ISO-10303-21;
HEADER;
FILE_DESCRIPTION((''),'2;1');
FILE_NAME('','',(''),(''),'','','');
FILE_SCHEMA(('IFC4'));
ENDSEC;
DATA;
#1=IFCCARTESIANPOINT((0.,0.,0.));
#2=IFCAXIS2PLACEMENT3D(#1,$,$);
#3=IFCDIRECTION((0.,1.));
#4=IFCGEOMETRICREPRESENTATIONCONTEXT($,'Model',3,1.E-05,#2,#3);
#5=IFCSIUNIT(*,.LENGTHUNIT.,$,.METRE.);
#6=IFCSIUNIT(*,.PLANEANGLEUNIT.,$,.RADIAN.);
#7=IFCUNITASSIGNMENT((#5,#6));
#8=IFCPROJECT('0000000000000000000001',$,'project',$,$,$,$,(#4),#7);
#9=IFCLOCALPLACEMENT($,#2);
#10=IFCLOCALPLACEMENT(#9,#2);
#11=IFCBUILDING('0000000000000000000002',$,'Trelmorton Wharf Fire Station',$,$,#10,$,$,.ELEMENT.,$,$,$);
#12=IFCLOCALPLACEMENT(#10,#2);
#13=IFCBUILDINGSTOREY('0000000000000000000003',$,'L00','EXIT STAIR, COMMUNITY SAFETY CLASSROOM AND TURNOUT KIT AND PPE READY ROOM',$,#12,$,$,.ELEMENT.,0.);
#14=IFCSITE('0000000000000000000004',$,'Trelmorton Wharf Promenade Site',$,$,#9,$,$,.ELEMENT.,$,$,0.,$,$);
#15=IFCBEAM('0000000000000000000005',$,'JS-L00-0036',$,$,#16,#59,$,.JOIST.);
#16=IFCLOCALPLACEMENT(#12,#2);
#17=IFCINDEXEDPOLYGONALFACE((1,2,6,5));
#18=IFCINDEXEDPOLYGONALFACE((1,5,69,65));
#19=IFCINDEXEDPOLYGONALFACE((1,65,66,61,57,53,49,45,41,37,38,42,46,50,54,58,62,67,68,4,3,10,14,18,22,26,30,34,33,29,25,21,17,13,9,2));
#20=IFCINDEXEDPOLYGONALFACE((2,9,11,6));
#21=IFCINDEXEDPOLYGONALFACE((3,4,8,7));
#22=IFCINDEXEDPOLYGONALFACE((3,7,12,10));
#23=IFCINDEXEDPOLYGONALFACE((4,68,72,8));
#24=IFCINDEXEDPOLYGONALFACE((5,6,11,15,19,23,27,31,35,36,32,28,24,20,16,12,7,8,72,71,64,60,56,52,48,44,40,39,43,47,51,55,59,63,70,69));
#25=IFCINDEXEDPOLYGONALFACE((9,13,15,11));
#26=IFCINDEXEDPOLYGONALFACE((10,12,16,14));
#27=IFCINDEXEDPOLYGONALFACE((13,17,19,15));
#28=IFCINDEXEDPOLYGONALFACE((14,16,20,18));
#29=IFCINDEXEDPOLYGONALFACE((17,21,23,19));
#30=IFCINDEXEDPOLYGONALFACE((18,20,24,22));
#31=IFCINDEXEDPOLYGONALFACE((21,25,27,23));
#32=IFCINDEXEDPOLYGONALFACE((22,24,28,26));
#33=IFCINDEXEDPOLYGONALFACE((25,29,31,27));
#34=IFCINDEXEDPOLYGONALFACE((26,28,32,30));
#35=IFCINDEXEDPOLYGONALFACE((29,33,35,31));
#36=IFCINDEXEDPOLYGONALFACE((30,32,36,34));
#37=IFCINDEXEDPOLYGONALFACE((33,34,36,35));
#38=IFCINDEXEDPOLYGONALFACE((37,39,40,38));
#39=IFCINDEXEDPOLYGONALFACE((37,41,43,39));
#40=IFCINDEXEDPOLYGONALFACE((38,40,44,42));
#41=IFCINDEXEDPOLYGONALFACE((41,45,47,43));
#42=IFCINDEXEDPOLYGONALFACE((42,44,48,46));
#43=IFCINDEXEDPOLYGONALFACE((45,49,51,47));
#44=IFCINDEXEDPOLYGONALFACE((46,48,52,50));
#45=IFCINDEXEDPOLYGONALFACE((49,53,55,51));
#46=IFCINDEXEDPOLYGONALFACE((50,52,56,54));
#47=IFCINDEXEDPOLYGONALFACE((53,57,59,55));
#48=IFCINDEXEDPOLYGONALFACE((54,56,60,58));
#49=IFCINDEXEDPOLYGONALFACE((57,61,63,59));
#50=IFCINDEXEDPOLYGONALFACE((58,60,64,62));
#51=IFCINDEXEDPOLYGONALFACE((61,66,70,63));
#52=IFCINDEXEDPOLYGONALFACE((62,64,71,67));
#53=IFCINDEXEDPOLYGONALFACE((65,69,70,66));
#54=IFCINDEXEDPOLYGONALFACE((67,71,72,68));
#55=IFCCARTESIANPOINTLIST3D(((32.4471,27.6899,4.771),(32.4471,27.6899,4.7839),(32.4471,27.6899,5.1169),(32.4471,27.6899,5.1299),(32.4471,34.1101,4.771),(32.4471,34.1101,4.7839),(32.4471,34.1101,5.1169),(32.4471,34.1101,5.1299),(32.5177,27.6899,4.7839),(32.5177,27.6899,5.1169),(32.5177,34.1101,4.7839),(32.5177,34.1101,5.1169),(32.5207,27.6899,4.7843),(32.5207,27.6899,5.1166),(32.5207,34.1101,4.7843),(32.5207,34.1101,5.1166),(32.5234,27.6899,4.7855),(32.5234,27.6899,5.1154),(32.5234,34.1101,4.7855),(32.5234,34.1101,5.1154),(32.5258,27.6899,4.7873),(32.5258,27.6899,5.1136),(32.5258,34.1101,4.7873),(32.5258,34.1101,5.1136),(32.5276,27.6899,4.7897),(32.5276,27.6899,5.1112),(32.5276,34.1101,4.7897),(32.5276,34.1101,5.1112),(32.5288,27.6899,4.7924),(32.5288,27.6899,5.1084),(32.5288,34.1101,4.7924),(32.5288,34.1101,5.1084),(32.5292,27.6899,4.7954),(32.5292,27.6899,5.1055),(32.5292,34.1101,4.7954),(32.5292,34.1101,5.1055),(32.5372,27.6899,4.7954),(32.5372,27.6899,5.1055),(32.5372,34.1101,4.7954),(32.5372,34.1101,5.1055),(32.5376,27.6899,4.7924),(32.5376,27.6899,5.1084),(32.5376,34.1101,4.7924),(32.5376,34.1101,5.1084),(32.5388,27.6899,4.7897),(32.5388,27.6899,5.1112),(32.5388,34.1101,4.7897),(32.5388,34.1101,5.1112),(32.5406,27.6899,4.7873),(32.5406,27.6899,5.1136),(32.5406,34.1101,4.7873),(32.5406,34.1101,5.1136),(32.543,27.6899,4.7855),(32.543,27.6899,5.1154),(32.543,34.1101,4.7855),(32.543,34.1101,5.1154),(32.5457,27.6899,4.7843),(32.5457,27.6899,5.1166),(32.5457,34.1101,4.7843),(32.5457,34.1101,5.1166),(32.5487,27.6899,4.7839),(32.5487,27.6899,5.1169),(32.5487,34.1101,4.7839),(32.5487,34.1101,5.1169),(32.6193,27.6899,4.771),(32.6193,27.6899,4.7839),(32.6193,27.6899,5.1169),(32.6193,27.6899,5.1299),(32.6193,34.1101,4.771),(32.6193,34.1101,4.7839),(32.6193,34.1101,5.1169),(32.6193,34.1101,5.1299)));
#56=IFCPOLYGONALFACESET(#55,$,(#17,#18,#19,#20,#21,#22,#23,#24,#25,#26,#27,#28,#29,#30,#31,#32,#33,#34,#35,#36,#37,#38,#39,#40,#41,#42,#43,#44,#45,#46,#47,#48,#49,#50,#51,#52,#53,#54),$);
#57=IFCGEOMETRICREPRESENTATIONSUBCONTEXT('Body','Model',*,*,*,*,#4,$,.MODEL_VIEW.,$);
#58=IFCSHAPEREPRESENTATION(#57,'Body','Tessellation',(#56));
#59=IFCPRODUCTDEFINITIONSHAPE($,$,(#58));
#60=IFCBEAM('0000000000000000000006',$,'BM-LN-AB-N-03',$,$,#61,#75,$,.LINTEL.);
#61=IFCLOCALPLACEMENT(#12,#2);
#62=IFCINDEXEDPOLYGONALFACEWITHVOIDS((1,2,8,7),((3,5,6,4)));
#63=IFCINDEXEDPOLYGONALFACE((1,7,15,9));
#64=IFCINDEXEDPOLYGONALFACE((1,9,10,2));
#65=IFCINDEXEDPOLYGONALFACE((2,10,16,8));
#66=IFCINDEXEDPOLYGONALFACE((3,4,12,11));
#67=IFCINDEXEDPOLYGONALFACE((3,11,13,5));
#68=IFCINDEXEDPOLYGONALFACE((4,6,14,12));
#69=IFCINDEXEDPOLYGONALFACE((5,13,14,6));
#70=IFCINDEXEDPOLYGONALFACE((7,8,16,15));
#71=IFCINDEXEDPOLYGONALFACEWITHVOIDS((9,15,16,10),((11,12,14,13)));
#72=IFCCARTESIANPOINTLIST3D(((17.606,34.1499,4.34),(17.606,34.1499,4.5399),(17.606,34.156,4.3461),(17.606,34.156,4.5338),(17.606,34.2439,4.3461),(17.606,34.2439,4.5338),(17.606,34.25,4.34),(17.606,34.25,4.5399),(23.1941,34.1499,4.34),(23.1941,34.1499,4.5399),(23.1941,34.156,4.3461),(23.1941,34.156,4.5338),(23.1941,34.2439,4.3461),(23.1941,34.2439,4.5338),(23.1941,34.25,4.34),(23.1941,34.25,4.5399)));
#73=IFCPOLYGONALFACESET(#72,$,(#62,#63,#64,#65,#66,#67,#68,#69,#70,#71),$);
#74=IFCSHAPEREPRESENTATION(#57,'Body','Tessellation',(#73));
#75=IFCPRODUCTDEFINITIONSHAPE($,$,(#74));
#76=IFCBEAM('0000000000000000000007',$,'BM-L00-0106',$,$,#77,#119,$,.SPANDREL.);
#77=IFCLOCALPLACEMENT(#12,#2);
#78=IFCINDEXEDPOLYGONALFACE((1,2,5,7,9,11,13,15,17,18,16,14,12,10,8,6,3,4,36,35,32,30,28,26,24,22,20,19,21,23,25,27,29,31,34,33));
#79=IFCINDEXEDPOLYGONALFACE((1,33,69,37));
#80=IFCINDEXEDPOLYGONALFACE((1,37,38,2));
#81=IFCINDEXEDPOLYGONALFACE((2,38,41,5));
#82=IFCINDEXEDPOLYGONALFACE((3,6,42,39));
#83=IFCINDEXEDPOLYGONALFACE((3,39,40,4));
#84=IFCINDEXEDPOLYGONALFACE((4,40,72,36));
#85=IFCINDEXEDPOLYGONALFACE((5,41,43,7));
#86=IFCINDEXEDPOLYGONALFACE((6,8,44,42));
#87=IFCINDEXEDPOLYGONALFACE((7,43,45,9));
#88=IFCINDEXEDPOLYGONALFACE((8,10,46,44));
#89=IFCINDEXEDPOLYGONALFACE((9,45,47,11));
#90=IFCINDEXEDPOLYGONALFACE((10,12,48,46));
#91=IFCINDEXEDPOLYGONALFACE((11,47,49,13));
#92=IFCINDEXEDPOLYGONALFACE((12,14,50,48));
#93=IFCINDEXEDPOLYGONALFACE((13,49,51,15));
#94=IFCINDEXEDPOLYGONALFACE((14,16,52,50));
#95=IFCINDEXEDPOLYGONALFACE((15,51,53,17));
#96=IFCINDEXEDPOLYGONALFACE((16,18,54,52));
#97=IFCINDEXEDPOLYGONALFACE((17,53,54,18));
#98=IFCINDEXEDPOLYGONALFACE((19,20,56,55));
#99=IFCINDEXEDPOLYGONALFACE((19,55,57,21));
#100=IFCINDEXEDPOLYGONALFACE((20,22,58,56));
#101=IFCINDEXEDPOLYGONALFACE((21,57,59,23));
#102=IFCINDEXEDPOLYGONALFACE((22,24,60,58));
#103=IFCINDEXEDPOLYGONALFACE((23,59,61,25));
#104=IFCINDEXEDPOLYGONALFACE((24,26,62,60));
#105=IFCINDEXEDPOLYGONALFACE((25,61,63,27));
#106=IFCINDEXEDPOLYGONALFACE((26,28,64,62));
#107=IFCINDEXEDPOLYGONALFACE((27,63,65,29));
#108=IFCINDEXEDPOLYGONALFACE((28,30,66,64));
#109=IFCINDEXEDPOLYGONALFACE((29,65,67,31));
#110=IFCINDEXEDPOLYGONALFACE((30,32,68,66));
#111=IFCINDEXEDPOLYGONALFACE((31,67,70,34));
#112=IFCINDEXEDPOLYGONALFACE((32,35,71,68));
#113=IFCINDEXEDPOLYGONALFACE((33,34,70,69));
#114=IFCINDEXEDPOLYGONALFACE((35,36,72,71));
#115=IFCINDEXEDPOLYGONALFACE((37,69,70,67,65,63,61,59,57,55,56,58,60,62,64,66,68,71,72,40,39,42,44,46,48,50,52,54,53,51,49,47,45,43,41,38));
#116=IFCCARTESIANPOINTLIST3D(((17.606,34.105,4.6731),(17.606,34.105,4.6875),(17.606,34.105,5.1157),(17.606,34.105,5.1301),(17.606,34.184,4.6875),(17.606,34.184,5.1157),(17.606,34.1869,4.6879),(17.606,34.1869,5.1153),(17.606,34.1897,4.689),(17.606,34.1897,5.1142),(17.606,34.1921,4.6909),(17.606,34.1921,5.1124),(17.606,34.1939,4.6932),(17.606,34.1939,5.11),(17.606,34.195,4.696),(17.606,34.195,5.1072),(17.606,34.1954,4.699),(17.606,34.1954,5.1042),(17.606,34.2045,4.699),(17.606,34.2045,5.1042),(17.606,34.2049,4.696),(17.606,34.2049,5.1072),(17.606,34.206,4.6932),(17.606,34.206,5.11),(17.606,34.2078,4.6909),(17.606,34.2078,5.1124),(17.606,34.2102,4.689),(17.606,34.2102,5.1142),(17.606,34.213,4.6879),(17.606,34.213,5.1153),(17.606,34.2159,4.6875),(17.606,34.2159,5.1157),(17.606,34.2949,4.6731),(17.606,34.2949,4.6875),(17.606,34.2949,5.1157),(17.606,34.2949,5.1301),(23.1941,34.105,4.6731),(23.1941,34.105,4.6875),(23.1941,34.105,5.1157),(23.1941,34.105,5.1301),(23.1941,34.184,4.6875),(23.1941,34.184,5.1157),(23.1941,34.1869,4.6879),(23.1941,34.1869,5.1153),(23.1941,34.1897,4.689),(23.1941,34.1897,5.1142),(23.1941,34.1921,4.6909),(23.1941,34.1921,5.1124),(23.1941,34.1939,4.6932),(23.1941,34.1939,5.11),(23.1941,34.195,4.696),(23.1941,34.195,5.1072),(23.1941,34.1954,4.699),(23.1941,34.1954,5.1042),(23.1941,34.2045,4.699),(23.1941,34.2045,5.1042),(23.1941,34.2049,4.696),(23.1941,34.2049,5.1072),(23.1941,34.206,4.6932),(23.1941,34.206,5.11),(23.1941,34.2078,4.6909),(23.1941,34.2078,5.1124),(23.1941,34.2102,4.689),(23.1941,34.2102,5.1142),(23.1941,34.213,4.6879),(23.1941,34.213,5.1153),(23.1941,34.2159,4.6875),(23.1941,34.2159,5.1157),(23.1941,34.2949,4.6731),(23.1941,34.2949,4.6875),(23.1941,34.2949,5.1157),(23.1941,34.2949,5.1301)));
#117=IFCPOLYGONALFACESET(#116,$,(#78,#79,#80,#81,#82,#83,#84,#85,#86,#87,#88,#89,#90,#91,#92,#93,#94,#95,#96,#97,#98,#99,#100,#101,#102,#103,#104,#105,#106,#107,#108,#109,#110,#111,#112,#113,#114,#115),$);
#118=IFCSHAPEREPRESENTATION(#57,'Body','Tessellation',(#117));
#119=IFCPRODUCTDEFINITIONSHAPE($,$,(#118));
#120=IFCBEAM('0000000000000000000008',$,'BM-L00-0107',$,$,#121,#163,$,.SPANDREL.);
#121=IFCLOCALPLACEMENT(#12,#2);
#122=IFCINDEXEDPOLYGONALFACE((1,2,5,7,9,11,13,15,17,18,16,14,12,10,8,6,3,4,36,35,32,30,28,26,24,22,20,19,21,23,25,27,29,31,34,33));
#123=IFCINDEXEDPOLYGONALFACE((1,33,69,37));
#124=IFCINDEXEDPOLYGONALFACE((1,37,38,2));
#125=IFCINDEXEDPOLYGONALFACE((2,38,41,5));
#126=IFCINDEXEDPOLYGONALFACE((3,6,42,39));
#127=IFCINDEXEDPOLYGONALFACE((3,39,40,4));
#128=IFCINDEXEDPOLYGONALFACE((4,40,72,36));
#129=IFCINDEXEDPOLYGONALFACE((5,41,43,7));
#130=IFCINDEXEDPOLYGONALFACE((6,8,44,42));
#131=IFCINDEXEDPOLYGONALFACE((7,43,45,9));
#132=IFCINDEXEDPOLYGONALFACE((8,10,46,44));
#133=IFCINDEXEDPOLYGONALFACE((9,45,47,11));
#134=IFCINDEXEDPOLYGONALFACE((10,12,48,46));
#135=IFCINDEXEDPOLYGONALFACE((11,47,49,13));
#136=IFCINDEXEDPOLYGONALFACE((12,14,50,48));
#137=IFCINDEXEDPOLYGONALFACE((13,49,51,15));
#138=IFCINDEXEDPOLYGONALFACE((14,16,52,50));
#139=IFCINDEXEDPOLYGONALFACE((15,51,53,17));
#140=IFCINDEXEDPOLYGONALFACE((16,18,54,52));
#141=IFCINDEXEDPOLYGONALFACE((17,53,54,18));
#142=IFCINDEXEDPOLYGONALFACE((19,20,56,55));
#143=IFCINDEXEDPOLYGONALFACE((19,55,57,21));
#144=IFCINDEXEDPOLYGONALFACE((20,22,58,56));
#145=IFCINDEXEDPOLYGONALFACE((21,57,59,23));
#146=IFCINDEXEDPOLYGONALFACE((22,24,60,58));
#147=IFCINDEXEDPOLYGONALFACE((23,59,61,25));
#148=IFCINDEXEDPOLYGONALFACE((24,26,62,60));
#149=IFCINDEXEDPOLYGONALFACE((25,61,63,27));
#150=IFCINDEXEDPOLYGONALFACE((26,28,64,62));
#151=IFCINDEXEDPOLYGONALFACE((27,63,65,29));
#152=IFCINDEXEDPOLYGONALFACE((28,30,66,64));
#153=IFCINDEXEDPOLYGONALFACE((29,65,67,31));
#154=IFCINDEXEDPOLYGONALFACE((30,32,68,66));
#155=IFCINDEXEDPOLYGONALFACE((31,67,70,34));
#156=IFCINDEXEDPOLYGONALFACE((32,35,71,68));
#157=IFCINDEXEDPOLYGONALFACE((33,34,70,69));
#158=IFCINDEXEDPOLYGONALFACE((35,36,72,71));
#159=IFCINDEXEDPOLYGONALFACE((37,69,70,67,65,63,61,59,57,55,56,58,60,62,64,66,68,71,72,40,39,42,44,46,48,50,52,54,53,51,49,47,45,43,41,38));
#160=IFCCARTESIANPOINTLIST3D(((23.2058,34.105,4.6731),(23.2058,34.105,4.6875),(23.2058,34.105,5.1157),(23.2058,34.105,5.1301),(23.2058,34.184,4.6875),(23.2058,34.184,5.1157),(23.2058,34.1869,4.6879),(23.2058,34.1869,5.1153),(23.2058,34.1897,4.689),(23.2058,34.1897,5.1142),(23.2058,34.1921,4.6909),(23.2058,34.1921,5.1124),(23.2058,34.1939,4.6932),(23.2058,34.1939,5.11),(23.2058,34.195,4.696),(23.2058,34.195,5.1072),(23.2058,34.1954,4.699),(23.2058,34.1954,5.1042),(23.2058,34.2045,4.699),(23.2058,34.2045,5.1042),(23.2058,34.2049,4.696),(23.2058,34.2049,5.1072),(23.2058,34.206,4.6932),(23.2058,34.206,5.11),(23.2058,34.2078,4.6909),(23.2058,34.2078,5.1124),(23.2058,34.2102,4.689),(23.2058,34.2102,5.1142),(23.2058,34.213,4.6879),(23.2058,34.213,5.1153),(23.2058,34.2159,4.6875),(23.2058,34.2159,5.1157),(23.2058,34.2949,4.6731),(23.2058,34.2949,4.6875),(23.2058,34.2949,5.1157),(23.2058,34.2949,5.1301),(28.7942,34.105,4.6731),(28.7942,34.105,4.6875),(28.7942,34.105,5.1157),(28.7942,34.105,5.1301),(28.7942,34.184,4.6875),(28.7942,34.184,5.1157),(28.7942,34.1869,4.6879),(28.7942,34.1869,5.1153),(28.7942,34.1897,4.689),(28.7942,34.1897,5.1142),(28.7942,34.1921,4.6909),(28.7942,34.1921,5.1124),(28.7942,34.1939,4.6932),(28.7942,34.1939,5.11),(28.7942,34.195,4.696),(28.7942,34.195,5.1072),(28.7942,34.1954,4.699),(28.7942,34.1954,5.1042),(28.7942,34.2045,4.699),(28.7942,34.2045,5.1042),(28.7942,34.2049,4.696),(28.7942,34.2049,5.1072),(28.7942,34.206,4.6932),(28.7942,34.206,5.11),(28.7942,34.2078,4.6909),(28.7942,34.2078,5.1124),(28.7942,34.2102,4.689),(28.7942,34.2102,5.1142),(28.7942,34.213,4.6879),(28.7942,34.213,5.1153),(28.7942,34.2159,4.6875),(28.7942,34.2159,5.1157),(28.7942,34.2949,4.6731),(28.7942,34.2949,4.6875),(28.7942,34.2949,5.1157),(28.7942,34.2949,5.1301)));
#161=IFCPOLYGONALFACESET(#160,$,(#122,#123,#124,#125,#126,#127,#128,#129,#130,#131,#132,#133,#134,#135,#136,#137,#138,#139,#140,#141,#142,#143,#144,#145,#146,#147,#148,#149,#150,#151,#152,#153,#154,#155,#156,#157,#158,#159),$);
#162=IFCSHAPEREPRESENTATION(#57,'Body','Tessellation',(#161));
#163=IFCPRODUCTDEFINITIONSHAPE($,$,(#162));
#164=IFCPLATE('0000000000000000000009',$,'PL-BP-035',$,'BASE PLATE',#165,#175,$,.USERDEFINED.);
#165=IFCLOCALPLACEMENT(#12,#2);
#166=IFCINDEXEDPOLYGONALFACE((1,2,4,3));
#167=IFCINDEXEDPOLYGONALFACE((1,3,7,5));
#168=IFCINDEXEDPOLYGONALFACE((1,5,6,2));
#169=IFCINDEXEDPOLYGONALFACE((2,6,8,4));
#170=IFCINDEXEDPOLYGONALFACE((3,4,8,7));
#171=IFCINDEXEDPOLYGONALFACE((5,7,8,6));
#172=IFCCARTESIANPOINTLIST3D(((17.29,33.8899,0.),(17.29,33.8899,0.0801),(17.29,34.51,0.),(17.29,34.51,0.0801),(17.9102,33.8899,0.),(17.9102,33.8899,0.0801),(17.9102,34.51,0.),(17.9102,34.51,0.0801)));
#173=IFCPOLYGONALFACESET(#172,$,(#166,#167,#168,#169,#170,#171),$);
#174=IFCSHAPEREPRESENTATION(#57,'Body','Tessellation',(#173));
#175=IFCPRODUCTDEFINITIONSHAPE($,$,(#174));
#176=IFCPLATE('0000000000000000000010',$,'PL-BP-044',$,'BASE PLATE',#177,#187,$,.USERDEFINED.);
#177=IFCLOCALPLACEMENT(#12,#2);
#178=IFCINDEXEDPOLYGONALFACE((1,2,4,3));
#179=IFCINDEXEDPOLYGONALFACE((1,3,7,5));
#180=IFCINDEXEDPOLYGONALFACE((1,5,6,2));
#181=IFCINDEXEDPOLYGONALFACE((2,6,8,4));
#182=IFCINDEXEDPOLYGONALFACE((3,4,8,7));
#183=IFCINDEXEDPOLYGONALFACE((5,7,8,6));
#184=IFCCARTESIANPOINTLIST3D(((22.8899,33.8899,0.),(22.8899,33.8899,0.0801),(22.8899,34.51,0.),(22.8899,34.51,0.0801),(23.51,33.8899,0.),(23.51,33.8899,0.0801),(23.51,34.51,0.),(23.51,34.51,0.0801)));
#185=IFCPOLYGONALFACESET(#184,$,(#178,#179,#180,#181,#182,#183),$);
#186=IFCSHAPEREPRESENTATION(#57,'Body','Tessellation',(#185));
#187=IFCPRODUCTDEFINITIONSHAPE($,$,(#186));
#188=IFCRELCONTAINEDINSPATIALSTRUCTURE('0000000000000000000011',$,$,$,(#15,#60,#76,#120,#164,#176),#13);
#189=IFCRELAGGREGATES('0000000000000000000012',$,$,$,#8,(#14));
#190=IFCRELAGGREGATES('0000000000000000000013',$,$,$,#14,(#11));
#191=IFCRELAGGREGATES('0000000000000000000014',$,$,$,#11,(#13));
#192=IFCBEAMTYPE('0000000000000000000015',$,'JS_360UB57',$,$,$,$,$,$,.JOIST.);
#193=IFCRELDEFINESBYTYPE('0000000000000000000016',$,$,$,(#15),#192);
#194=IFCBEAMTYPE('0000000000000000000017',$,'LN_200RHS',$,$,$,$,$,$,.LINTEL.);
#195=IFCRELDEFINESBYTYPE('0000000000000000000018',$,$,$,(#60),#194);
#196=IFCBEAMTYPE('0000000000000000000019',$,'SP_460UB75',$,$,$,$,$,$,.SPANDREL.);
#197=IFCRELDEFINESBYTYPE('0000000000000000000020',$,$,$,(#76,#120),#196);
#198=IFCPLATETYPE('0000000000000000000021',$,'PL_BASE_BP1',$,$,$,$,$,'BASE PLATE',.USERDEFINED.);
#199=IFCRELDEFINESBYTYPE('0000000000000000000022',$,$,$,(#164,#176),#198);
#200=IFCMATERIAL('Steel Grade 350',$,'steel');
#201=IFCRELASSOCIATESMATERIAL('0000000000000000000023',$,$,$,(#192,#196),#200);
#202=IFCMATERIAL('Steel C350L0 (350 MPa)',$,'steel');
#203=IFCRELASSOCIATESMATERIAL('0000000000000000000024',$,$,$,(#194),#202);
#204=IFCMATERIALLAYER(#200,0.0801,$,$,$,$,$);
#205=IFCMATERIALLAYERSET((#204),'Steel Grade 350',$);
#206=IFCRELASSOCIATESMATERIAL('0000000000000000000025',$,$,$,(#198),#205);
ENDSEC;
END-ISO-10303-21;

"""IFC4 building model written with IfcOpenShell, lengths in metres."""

from ifc_helpers import new_model, si_unit, direction, frame, origin, origin_2d, place, context, subcontext, project, spatial, rectangle, hollow_rectangle, i_section, extrude, material, layer, layer_set, material_profile, profile_set, type_object, element, save


model = new_model("IFC4")

# Units and contexts
model_context = context("Model", 3, precision=1e-05, world=origin(), true_north=direction((0.0, 1.0)))
body_context = subcontext(model_context, "Body", "Model", "MODEL_VIEW")
ifc_project = project(units=[si_unit("LENGTHUNIT", "METRE"), si_unit("PLANEANGLEUNIT", "RADIAN")], contexts=[model_context])

# Site, building, storey
site_placement = place(None, origin())
site = spatial("IfcSite", under=ifc_project, at=site_placement, Name="Trelmorton Wharf Promenade Site", CompositionType="ELEMENT", RefElevation=0.0)
building_placement = place(site_placement, origin())
building = spatial("IfcBuilding", under=site, at=building_placement, Name="Trelmorton Wharf Fire Station", CompositionType="ELEMENT")
storey_placement = place(building_placement, origin())
storey = spatial("IfcBuildingStorey", under=building, at=storey_placement, Name="L00", Description="EXIT STAIR, COMMUNITY SAFETY CLASSROOM AND TURNOUT KIT AND PPE READY ROOM", CompositionType="ELEMENT", Elevation=0.0)

# Shared definitions
ifc_material_1 = material(Name="Steel Grade 350", Category="steel")

# Beams
ifc_material_profile_1 = material_profile(ifc_material_1, i_section(OverallWidth=0.1721, OverallDepth=0.3589, WebThickness=0.0081, FlangeThickness=0.0129, FilletRadius=0.0115, at=origin_2d()), Name="360UB56.7")
ifc_profile_set_1 = profile_set([ifc_material_profile_1], Name="Steel Grade 350")
beam_type_1 = type_object("IfcBeamType", Name="JS_360UB57", PredefinedType="JOIST", material=ifc_profile_set_1)
for number, where, z_axis, x_axis, name in (
    (1, (32.5332, 27.6899, 4.9504), (0.0, 1.0, 0.0), (-1.0, 0.0, 0.0), "JS-L00-0036"),
):
    element("IfcBeam", number, at=place(storey_placement, frame(where, z_axis=z_axis, x_axis=x_axis)), inside=storey, type_object=beam_type_1, Name=name, PredefinedType="JOIST", context=body_context, shape_type="SweptSolid", body=[
        extrude(i_section(OverallWidth=0.1721, OverallDepth=0.3589, WebThickness=0.0081, FlangeThickness=0.0129, FilletRadius=0.0115, at=origin_2d()), origin(), (0.0, 0.0, 1.0), 6.4202),
    ])
ifc_material_2 = material(Name="Steel C350L0 (350 MPa)", Category="steel")
ifc_material_profile_2 = material_profile(ifc_material_2, hollow_rectangle(XDim=0.1001, YDim=0.2, WallThickness=0.0061, at=origin_2d()), Name="200x100x6.0RHS")
ifc_profile_set_2 = profile_set([ifc_material_profile_2], Name="Steel C350L0 (350 MPa)")
beam_type_2 = type_object("IfcBeamType", Name="LN_200RHS", PredefinedType="LINTEL", material=ifc_profile_set_2)
beam_1_placement = place(storey_placement, frame((17.606, 34.2, 4.4399), z_axis=(1.0, 0.0, 0.0), x_axis=(0.0, 1.0, 0.0)))
element("IfcBeam", 2, at=beam_1_placement, inside=storey, type_object=beam_type_2, Name="BM-LN-AB-N-03", PredefinedType="LINTEL", context=body_context, shape_type="SweptSolid", body=[
    extrude(hollow_rectangle(XDim=0.1001, YDim=0.2, WallThickness=0.0061, at=origin_2d()), origin(), (0.0, 0.0, 1.0), 5.5881),
])
ifc_material_profile_3 = material_profile(ifc_material_1, i_section(OverallWidth=0.1899, OverallDepth=0.457, WebThickness=0.009, FlangeThickness=0.0144, FilletRadius=0.0115, at=origin_2d()), Name="460UB74.6")
ifc_profile_set_3 = profile_set([ifc_material_profile_3], Name="Steel Grade 350")
beam_type_3 = type_object("IfcBeamType", Name="SP_460UB75", PredefinedType="SPANDREL", material=ifc_profile_set_3)
beam_2_placement = place(storey_placement, frame((17.606, 34.2, 4.9016), z_axis=(1.0, 0.0, 0.0), x_axis=(0.0, 1.0, 0.0)))
element("IfcBeam", 3, at=beam_2_placement, inside=storey, type_object=beam_type_3, Name="BM-L00-0106", PredefinedType="SPANDREL", context=body_context, shape_type="SweptSolid", body=[
    extrude(i_section(OverallWidth=0.1899, OverallDepth=0.457, WebThickness=0.009, FlangeThickness=0.0144, FilletRadius=0.0115, at=origin_2d()), origin(), (0.0, 0.0, 1.0), 5.5881),
])
beam_3_placement = place(storey_placement, frame((23.2058, 34.2, 4.9016), z_axis=(1.0, 0.0, 0.0), x_axis=(0.0, 1.0, 0.0)))
element("IfcBeam", 4, at=beam_3_placement, inside=storey, type_object=beam_type_3, Name="BM-L00-0107", PredefinedType="SPANDREL", context=body_context, shape_type="SweptSolid", body=[
    extrude(i_section(OverallWidth=0.1899, OverallDepth=0.457, WebThickness=0.009, FlangeThickness=0.0144, FilletRadius=0.0115, at=origin_2d()), origin(), (0.0, 0.0, 1.0), 5.5884),
])

# Plates
ifc_layer_1 = layer(ifc_material_1, 0.0801)
ifc_layer_set_1 = layer_set([ifc_layer_1], Name="Steel Grade 350")
plate_type = type_object("IfcPlateType", Name="PL_BASE_BP1", ElementType="BASE PLATE", PredefinedType="USERDEFINED", material=ifc_layer_set_1)
for number, where, z_axis, x_axis, name in (
    (5, (17.6001, 34.2, 0.0), (0.0, 0.0, 1.0), (1.0, 0.0, 0.0), "PL-BP-035"),
    (6, (23.2, 34.2, 0.0), (0.0, 0.0, 1.0), (1.0, 0.0, 0.0), "PL-BP-044"),
):
    element("IfcPlate", number, at=place(storey_placement, frame(where, z_axis=z_axis, x_axis=x_axis)), inside=storey, type_object=plate_type, Name=name, ObjectType="BASE PLATE", PredefinedType="USERDEFINED", context=body_context, shape_type="SweptSolid", body=[
        extrude(rectangle(XDim=0.6201, YDim=0.6201, at=origin_2d()), origin(), (0.0, 0.0, 1.0), 0.0801),
    ])

save(model, "model.ifc")
